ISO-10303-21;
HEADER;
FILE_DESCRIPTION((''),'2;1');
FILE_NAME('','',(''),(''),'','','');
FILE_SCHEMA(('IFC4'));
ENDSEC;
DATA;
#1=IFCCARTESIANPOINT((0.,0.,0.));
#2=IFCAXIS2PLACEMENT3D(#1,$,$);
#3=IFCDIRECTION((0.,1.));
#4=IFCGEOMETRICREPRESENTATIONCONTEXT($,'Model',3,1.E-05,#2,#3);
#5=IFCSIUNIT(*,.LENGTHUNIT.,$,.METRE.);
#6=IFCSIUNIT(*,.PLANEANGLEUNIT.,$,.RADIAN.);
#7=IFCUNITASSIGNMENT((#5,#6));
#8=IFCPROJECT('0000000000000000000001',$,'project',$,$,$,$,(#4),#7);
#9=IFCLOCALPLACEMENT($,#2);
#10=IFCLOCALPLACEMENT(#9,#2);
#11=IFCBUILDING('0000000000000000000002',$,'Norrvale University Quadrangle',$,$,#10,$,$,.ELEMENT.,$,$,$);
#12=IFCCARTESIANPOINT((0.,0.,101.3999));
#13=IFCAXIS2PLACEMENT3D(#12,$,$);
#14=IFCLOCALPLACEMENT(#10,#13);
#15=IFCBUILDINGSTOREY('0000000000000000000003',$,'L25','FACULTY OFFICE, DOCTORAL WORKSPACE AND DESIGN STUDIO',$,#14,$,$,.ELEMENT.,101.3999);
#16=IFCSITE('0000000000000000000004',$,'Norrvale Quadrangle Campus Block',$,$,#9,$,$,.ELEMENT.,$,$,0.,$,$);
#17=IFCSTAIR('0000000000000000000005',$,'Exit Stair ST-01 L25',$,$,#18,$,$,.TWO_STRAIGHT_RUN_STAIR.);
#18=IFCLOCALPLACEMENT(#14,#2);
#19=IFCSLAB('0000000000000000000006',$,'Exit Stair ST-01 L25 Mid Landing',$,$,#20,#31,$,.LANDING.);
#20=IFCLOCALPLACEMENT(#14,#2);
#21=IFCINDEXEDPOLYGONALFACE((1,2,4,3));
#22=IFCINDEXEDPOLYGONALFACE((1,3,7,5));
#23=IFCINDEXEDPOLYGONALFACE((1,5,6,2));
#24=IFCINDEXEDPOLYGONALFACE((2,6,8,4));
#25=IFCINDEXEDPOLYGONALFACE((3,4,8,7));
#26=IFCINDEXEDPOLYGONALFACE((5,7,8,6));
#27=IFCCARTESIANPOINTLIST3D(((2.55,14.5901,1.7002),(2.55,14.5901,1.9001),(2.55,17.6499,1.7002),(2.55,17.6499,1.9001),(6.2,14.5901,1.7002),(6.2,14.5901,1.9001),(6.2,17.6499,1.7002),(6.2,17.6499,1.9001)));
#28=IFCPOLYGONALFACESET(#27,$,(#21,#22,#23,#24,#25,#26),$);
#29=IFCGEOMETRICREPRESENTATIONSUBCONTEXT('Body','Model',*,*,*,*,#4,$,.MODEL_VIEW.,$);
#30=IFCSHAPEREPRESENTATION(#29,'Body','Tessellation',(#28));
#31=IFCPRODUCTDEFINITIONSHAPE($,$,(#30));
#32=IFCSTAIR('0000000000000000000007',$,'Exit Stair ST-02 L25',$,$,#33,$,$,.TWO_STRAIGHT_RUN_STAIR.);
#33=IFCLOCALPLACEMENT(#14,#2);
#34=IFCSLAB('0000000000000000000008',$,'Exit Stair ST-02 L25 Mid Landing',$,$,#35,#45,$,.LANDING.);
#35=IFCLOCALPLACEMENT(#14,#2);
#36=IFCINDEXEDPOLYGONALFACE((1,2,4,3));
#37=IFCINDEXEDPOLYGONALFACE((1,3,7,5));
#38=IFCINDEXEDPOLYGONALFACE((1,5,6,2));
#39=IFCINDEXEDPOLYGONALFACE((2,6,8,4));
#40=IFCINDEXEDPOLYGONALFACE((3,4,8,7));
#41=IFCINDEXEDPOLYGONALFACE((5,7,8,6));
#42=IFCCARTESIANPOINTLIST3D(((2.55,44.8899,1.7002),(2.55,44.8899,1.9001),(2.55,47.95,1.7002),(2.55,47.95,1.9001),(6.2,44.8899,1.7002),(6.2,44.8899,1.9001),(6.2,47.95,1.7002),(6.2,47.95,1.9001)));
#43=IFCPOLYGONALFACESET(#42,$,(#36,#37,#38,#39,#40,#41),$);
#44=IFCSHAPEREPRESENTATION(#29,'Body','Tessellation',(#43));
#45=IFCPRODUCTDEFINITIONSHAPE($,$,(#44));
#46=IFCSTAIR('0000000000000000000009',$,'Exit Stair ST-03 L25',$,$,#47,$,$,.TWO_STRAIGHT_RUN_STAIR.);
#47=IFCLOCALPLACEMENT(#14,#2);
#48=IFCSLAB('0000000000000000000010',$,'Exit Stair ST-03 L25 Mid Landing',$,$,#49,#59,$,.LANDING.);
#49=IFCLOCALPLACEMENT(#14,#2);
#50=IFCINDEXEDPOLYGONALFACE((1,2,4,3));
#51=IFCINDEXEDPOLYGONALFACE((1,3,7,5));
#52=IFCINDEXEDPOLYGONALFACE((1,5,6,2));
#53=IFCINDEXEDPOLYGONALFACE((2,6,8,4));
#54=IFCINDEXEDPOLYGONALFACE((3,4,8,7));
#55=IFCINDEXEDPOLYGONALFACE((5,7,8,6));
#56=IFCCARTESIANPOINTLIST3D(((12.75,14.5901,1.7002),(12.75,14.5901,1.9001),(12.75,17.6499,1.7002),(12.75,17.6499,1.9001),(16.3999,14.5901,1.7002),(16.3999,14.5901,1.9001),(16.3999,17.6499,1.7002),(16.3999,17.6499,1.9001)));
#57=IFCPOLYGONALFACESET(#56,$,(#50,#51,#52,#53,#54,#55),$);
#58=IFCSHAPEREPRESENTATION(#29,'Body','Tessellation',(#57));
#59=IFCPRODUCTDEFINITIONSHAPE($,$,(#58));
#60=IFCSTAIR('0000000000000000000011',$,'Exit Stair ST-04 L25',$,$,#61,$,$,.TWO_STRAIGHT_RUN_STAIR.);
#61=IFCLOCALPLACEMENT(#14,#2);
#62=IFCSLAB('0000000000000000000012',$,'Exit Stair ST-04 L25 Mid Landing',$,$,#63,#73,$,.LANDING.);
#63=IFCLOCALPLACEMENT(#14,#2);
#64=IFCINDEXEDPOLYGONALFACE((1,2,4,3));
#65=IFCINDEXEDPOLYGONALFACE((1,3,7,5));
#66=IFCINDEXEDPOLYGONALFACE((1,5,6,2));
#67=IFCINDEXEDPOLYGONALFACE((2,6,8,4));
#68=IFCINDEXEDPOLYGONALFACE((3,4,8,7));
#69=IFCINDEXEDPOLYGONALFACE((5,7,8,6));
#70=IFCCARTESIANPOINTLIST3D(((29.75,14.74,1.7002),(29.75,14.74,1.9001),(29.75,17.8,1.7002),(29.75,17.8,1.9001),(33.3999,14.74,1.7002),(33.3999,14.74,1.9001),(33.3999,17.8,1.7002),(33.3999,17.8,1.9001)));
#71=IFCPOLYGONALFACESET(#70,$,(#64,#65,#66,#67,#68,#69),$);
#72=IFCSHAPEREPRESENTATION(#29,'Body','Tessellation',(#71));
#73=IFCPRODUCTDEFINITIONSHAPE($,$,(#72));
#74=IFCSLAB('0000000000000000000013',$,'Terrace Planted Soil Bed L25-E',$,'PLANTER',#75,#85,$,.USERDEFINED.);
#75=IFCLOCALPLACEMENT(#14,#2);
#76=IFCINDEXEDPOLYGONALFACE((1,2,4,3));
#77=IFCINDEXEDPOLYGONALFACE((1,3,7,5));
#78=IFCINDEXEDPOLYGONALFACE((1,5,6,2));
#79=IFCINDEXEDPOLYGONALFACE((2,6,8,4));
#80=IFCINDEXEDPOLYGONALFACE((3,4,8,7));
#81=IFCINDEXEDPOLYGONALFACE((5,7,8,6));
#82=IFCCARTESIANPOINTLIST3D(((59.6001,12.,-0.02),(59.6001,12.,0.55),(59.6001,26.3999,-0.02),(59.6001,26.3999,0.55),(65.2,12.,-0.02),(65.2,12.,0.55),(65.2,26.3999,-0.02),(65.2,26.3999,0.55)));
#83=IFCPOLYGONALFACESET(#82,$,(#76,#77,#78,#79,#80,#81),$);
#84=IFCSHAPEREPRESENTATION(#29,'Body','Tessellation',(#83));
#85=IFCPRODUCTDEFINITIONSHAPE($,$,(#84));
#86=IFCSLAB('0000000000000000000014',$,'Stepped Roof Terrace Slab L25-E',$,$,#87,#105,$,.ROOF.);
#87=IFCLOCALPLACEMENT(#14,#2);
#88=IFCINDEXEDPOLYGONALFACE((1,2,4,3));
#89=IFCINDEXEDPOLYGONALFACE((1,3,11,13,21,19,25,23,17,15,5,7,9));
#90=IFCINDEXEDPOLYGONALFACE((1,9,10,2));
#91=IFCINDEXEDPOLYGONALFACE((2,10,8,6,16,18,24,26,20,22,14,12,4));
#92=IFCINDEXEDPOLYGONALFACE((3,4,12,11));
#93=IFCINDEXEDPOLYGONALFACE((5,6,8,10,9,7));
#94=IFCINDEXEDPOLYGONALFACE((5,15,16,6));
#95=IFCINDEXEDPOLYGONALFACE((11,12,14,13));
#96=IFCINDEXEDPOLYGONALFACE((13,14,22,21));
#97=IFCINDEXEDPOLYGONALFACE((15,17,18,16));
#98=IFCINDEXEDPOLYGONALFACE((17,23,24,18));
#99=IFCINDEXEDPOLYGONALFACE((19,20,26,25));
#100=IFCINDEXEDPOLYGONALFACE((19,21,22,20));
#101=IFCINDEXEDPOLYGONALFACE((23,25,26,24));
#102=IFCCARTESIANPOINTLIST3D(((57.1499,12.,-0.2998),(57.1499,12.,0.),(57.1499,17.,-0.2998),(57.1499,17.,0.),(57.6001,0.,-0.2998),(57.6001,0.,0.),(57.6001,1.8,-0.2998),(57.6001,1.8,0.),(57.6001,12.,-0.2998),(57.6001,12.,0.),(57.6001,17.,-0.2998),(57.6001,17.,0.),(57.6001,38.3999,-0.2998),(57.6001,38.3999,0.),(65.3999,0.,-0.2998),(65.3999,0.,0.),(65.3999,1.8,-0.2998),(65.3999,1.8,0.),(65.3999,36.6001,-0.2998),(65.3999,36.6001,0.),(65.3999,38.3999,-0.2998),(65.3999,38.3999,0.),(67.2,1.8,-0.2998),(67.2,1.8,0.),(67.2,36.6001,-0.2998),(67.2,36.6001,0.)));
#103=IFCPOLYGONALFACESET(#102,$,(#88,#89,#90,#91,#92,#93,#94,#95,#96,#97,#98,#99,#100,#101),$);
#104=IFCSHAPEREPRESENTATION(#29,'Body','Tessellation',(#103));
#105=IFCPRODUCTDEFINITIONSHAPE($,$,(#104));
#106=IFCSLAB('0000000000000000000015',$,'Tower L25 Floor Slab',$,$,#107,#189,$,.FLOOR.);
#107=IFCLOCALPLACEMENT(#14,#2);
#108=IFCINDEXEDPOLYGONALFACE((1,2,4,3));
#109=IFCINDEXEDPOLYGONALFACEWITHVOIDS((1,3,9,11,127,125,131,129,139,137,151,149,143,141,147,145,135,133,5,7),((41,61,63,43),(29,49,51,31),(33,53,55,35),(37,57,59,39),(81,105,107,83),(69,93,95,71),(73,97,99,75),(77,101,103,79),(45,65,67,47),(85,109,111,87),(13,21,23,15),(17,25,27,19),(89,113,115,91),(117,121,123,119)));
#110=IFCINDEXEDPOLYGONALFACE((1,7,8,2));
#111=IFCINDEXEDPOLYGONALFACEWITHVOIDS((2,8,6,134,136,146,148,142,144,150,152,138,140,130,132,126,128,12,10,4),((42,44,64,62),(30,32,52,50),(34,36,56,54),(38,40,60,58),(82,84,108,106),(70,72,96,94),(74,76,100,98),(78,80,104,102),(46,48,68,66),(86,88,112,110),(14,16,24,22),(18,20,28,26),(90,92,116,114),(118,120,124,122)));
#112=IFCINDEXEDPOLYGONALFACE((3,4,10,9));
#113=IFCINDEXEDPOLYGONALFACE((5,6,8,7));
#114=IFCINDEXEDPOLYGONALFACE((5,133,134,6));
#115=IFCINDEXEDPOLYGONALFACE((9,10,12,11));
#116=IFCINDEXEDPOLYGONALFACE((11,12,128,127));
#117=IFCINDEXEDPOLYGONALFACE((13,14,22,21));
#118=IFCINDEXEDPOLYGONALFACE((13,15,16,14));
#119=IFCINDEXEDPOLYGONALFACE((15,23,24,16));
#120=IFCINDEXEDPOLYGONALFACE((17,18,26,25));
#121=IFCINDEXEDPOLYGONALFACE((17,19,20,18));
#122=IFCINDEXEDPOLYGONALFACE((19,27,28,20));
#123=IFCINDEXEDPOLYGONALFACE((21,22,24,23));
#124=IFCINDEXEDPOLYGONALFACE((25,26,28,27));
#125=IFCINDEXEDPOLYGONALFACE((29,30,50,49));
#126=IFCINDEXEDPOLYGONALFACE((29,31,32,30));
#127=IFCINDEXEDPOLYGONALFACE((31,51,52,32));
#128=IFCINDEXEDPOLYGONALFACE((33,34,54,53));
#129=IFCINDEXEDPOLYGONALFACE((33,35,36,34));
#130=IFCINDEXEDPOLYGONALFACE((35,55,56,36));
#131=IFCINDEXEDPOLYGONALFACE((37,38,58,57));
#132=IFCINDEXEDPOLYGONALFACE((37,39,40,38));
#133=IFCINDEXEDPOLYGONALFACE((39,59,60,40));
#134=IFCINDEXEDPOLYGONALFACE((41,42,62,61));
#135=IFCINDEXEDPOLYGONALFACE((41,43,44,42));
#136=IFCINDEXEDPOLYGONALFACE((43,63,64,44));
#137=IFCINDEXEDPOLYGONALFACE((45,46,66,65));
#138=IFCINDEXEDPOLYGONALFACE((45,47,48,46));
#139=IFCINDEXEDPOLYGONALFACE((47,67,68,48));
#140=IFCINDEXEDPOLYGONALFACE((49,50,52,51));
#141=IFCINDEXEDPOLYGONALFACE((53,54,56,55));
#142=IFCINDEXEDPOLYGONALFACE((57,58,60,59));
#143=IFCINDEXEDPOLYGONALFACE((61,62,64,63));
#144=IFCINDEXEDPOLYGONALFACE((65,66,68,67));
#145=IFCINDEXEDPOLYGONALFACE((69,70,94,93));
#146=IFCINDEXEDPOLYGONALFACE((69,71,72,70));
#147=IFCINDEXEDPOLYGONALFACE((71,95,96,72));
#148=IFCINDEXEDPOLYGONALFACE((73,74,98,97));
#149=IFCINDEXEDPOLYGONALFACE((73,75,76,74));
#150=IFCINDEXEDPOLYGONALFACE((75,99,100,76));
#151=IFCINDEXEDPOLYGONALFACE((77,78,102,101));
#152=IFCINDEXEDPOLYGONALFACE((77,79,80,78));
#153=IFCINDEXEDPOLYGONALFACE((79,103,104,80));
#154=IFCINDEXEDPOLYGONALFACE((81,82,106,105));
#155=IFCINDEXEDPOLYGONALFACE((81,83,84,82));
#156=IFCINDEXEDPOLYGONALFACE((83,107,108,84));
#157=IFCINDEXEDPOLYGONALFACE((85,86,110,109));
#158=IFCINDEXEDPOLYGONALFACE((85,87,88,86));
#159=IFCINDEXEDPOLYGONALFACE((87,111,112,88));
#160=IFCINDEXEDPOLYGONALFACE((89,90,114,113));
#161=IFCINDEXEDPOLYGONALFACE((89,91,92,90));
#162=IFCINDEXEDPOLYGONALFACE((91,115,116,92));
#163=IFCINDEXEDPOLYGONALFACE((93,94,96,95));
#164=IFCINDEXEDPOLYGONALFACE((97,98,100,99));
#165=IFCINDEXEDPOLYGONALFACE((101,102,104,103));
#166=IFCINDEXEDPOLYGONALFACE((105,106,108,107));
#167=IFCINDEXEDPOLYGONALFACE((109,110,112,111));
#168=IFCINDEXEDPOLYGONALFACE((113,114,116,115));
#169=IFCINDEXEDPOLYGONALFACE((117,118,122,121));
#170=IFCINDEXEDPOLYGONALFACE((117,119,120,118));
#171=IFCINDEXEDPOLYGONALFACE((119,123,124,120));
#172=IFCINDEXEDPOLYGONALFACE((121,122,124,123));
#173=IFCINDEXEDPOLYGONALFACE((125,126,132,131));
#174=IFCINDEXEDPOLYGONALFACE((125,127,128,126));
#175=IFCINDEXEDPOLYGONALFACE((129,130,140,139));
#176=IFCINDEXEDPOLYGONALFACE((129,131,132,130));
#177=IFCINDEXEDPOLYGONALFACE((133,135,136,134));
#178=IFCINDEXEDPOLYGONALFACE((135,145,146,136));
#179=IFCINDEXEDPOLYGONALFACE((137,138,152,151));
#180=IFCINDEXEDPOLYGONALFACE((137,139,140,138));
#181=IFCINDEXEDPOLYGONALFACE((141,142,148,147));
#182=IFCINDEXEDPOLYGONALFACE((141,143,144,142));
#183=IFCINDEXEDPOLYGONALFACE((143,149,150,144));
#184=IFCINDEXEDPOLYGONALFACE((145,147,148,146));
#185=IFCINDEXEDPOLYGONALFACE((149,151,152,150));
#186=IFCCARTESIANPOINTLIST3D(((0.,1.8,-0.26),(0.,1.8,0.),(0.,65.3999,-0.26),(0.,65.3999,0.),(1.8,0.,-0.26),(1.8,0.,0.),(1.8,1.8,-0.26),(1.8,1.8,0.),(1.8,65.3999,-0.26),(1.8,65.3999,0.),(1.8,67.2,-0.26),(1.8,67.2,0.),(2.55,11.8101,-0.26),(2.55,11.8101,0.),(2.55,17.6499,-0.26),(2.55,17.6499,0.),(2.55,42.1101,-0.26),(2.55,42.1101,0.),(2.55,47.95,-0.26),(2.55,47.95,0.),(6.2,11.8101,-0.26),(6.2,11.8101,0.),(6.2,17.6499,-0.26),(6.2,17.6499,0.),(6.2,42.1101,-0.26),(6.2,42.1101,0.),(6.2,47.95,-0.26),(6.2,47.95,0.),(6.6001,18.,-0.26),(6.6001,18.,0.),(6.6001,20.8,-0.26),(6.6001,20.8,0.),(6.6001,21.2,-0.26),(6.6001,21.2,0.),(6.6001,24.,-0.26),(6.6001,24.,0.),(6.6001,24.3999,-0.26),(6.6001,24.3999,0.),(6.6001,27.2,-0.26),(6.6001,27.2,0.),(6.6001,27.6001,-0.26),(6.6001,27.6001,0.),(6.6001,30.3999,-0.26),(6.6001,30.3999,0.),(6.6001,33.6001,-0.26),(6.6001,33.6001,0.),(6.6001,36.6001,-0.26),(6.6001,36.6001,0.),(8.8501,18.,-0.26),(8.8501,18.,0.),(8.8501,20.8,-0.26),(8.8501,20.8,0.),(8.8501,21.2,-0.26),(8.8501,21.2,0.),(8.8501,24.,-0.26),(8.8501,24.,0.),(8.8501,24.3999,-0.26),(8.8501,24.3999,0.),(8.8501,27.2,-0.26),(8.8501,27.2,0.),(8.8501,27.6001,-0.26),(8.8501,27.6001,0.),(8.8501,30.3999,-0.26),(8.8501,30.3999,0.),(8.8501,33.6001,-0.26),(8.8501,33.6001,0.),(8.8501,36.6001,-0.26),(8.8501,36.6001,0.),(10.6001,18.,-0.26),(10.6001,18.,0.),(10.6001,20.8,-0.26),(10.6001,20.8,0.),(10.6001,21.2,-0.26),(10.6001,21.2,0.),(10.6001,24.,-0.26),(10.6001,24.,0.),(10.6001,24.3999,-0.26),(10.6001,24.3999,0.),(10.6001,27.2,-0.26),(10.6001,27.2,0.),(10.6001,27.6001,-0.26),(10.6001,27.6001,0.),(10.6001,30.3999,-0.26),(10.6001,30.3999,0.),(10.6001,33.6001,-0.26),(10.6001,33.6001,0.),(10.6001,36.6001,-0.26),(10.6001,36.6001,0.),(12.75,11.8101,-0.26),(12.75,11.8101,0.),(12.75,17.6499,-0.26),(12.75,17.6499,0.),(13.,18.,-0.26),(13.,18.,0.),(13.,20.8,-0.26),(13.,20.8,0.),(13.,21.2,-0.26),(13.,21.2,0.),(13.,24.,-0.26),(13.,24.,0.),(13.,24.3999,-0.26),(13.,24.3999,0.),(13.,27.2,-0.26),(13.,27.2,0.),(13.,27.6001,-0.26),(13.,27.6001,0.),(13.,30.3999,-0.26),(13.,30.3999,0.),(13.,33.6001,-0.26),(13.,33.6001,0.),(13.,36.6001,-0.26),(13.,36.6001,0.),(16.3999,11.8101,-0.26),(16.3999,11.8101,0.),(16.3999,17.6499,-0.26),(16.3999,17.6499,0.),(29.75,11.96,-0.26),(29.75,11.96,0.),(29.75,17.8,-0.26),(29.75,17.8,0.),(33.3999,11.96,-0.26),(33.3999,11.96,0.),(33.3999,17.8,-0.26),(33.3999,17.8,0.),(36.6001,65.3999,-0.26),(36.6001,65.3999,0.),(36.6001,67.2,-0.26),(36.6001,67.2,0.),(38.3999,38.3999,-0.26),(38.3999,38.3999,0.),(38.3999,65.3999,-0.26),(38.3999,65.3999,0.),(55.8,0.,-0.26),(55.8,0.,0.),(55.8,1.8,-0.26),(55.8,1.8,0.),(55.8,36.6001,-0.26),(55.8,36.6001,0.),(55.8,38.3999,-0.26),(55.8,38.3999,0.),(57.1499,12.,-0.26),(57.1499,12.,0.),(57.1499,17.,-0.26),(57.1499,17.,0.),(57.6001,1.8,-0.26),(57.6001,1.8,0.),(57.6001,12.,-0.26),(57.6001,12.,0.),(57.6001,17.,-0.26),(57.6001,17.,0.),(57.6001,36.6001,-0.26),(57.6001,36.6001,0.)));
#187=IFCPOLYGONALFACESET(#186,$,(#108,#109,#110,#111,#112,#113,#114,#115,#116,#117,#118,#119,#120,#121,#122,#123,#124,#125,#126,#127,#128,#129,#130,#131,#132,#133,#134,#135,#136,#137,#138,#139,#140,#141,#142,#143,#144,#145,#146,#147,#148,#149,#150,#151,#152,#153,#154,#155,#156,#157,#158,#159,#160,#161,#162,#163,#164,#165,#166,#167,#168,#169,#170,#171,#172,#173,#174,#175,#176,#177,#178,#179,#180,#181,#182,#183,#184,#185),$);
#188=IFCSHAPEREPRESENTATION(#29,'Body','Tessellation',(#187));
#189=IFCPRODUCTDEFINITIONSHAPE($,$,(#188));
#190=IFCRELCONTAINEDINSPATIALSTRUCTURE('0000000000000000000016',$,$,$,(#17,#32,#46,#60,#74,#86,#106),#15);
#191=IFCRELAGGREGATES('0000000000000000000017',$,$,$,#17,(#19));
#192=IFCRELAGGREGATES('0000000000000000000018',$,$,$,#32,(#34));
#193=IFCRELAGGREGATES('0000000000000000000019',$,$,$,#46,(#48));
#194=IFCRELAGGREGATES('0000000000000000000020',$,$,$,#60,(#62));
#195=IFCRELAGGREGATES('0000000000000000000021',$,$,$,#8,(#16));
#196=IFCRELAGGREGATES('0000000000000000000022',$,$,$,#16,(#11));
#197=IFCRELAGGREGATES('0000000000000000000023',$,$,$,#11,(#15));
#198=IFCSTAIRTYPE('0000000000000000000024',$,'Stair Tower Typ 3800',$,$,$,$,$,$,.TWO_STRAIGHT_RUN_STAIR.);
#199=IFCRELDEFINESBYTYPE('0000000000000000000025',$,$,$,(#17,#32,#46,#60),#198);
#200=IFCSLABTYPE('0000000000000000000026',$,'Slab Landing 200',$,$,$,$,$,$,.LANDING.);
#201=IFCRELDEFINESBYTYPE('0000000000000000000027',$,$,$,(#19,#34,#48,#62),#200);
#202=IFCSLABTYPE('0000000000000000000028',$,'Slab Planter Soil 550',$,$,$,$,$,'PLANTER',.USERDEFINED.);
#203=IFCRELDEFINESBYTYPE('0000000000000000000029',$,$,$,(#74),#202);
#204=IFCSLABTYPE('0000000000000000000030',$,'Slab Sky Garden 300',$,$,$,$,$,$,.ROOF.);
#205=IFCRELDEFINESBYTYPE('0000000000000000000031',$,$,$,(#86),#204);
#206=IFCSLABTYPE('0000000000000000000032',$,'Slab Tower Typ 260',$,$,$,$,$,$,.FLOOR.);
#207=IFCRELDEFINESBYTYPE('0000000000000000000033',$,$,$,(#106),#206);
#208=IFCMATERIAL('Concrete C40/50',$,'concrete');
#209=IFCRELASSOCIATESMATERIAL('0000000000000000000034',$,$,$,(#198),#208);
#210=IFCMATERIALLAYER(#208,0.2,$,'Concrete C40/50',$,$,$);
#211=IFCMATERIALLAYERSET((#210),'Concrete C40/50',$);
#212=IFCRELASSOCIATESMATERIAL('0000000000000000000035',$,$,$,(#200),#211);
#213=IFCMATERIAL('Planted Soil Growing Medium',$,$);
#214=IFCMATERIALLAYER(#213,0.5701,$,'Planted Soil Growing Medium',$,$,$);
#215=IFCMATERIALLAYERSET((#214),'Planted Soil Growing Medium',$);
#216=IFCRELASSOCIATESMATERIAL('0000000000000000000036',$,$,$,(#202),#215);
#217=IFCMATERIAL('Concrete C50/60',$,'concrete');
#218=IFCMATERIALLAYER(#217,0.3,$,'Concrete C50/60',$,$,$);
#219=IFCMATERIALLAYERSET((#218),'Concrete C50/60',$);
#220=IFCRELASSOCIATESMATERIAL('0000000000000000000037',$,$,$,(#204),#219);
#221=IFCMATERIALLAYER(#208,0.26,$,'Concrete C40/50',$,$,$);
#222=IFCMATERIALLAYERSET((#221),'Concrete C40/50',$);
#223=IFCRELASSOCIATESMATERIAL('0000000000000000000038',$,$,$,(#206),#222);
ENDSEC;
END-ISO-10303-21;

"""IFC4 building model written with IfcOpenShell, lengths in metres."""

from ifc_helpers import new_model, si_unit, direction, frame, origin, place, context, subcontext, project, spatial, polyline, outline, extrude, material, layer, layer_set, type_object, element, aggregate, save


model = new_model("IFC4")

# Units and contexts
model_context = context("Model", 3, precision=1e-05, world=origin(), true_north=direction((0.0, 1.0)))
body_context = subcontext(model_context, "Body", "Model", "MODEL_VIEW")
ifc_project = project(units=[si_unit("LENGTHUNIT", "METRE"), si_unit("PLANEANGLEUNIT", "RADIAN")], contexts=[model_context])

# Site, building, storey
site_placement = place(None, origin())
site = spatial("IfcSite", under=ifc_project, at=site_placement, Name="Norrvale Quadrangle Campus Block", CompositionType="ELEMENT", RefElevation=0.0)
building_placement = place(site_placement, origin())
building = spatial("IfcBuilding", under=site, at=building_placement, Name="Norrvale University Quadrangle", CompositionType="ELEMENT")
storey_placement = place(building_placement, frame((0.0, 0.0, 101.3999)))
storey = spatial("IfcBuildingStorey", under=building, at=storey_placement, Name="L25", Description="FACULTY OFFICE, DOCTORAL WORKSPACE AND DESIGN STUDIO", CompositionType="ELEMENT", Elevation=101.3999)

# Stairs, slabs
ifc_material_1 = material(Name="Concrete C40/50", Category="concrete")
stair_type = type_object("IfcStairType", Name="Stair Tower Typ 3800", PredefinedType="TWO_STRAIGHT_RUN_STAIR", material=ifc_material_1)
stair_1_placement = place(storey_placement, origin())
stair_1 = element("IfcStair", 1, at=stair_1_placement, inside=storey, type_object=stair_type, Name="Exit Stair ST-01 L25", PredefinedType="TWO_STRAIGHT_RUN_STAIR")
ifc_layer_1 = layer(ifc_material_1, 0.2, Name="Concrete C40/50")
ifc_layer_set_1 = layer_set([ifc_layer_1], Name="Concrete C40/50")
slab_type_1 = type_object("IfcSlabType", Name="Slab Landing 200", PredefinedType="LANDING", material=ifc_layer_set_1)
slab_1_placement = place(storey_placement, frame((0.0, 0.0, 1.7002)))
slab_1 = element("IfcSlab", 2, at=slab_1_placement, type_object=slab_type_1, Name="Exit Stair ST-01 L25 Mid Landing", PredefinedType="LANDING", context=body_context, shape_type="SweptSolid", body=[
    extrude(outline(polyline([(2.55, 14.5901), (6.2, 14.5901), (6.2, 17.6499), (2.55, 17.6499), (2.55, 14.5901)])), origin(), (0.0, 0.0, 1.0), 0.2),
])
aggregate(stair_1, [slab_1])
stair_2_placement = place(storey_placement, origin())
stair_2 = element("IfcStair", 3, at=stair_2_placement, inside=storey, type_object=stair_type, Name="Exit Stair ST-02 L25", PredefinedType="TWO_STRAIGHT_RUN_STAIR")
slab_2_placement = place(storey_placement, frame((0.0, 0.0, 1.7002)))
slab_2 = element("IfcSlab", 4, at=slab_2_placement, type_object=slab_type_1, Name="Exit Stair ST-02 L25 Mid Landing", PredefinedType="LANDING", context=body_context, shape_type="SweptSolid", body=[
    extrude(outline(polyline([(2.55, 44.8899), (6.2, 44.8899), (6.2, 47.95), (2.55, 47.95), (2.55, 44.8899)])), origin(), (0.0, 0.0, 1.0), 0.2),
])
aggregate(stair_2, [slab_2])
stair_3_placement = place(storey_placement, origin())
stair_3 = element("IfcStair", 5, at=stair_3_placement, inside=storey, type_object=stair_type, Name="Exit Stair ST-03 L25", PredefinedType="TWO_STRAIGHT_RUN_STAIR")
slab_3_placement = place(storey_placement, frame((0.0, 0.0, 1.7002)))
slab_3 = element("IfcSlab", 6, at=slab_3_placement, type_object=slab_type_1, Name="Exit Stair ST-03 L25 Mid Landing", PredefinedType="LANDING", context=body_context, shape_type="SweptSolid", body=[
    extrude(outline(polyline([(12.75, 14.5901), (16.3999, 14.5901), (16.3999, 17.6499), (12.75, 17.6499), (12.75, 14.5901)])), origin(), (0.0, 0.0, 1.0), 0.2),
])
aggregate(stair_3, [slab_3])
stair_4_placement = place(storey_placement, origin())
stair_4 = element("IfcStair", 7, at=stair_4_placement, inside=storey, type_object=stair_type, Name="Exit Stair ST-04 L25", PredefinedType="TWO_STRAIGHT_RUN_STAIR")
slab_4_placement = place(storey_placement, frame((0.0, 0.0, 1.7002)))
slab_4 = element("IfcSlab", 8, at=slab_4_placement, type_object=slab_type_1, Name="Exit Stair ST-04 L25 Mid Landing", PredefinedType="LANDING", context=body_context, shape_type="SweptSolid", body=[
    extrude(outline(polyline([(29.75, 14.74), (33.3999, 14.74), (33.3999, 17.8), (29.75, 17.8), (29.75, 14.74)])), origin(), (0.0, 0.0, 1.0), 0.2),
])
aggregate(stair_4, [slab_4])

# Slabs
ifc_material_2 = material(Name="Planted Soil Growing Medium")
ifc_layer_2 = layer(ifc_material_2, 0.5701, Name="Planted Soil Growing Medium")
ifc_layer_set_2 = layer_set([ifc_layer_2], Name="Planted Soil Growing Medium")
slab_type_2 = type_object("IfcSlabType", Name="Slab Planter Soil 550", ElementType="PLANTER", PredefinedType="USERDEFINED", material=ifc_layer_set_2)
slab_5_placement = place(storey_placement, frame((0.0, 0.0, -0.02)))
element("IfcSlab", 9, at=slab_5_placement, inside=storey, type_object=slab_type_2, Name="Terrace Planted Soil Bed L25-E", ObjectType="PLANTER", PredefinedType="USERDEFINED", context=body_context, shape_type="SweptSolid", body=[
    extrude(outline(polyline([(59.6001, 12.0), (65.2, 12.0), (65.2, 26.3999), (59.6001, 26.3999), (59.6001, 12.0)])), origin(), (0.0, 0.0, 1.0), 0.5701),
])
ifc_material_3 = material(Name="Concrete C50/60", Category="concrete")
ifc_layer_3 = layer(ifc_material_3, 0.3, Name="Concrete C50/60")
ifc_layer_set_3 = layer_set([ifc_layer_3], Name="Concrete C50/60")
slab_type_3 = type_object("IfcSlabType", Name="Slab Sky Garden 300", PredefinedType="ROOF", material=ifc_layer_set_3)
slab_6_placement = place(storey_placement, frame((0.0, 0.0, -0.2998)))
element("IfcSlab", 10, at=slab_6_placement, inside=storey, type_object=slab_type_3, Name="Stepped Roof Terrace Slab L25-E", PredefinedType="ROOF", context=body_context, shape_type="SweptSolid", body=[
    extrude(outline(polyline([(57.6001, 1.8), (57.6001, 0.0), (65.3999, 0.0), (65.3999, 1.8), (67.2, 1.8), (67.2, 36.6001), (65.3999, 36.6001), (65.3999, 38.3999), (57.6001, 38.3999), (57.6001, 17.0), (57.1499, 17.0), (57.1499, 12.0), (57.6001, 12.0), (57.6001, 1.8)])), origin(), (0.0, 0.0, 1.0), 0.2998),
])
ifc_layer_4 = layer(ifc_material_1, 0.26, Name="Concrete C40/50")
ifc_layer_set_4 = layer_set([ifc_layer_4], Name="Concrete C40/50")
slab_type_4 = type_object("IfcSlabType", Name="Slab Tower Typ 260", PredefinedType="FLOOR", material=ifc_layer_set_4)
slab_7_placement = place(storey_placement, frame((0.0, 0.0, -0.26)))
element("IfcSlab", 11, at=slab_7_placement, inside=storey, type_object=slab_type_4, Name="Tower L25 Floor Slab", PredefinedType="FLOOR", context=body_context, shape_type="SweptSolid", body=[
    extrude(outline(polyline([(57.6001, 1.8), (55.8, 1.8), (55.8, 0.0), (1.8, 0.0), (1.8, 1.8), (0.0, 1.8), (0.0, 65.3999), (1.8, 65.3999), (1.8, 67.2), (36.6001, 67.2), (36.6001, 65.3999), (38.3999, 65.3999), (38.3999, 38.3999), (55.8, 38.3999), (55.8, 36.6001), (57.6001, 36.6001), (57.6001, 17.0), (57.1499, 17.0), (57.1499, 12.0), (57.6001, 12.0), (57.6001, 1.8)]), holes=[polyline([(2.55, 11.8101), (6.2, 11.8101), (6.2, 17.6499), (2.55, 17.6499), (2.55, 11.8101)]), polyline([(2.55, 42.1101), (6.2, 42.1101), (6.2, 47.95), (2.55, 47.95), (2.55, 42.1101)]), polyline([(12.75, 11.8101), (16.3999, 11.8101), (16.3999, 17.6499), (12.75, 17.6499), (12.75, 11.8101)]), polyline([(29.75, 11.96), (33.3999, 11.96), (33.3999, 17.8), (29.75, 17.8), (29.75, 11.96)]), polyline([(6.6001, 18.0), (8.8501, 18.0), (8.8501, 20.8), (6.6001, 20.8), (6.6001, 18.0)]), polyline([(6.6001, 21.2), (8.8501, 21.2), (8.8501, 24.0), (6.6001, 24.0), (6.6001, 21.2)]), polyline([(6.6001, 24.3999), (8.8501, 24.3999), (8.8501, 27.2), (6.6001, 27.2), (6.6001, 24.3999)]), polyline([(6.6001, 27.6001), (8.8501, 27.6001), (8.8501, 30.3999), (6.6001, 30.3999), (6.6001, 27.6001)]), polyline([(10.6001, 18.0), (13.0, 18.0), (13.0, 20.8), (10.6001, 20.8), (10.6001, 18.0)]), polyline([(10.6001, 21.2), (13.0, 21.2), (13.0, 24.0), (10.6001, 24.0), (10.6001, 21.2)]), polyline([(10.6001, 24.3999), (13.0, 24.3999), (13.0, 27.2), (10.6001, 27.2), (10.6001, 24.3999)]), polyline([(10.6001, 27.6001), (13.0, 27.6001), (13.0, 30.3999), (10.6001, 30.3999), (10.6001, 27.6001)]), polyline([(6.6001, 33.6001), (8.8501, 33.6001), (8.8501, 36.6001), (6.6001, 36.6001), (6.6001, 33.6001)]), polyline([(10.6001, 33.6001), (13.0, 33.6001), (13.0, 36.6001), (10.6001, 36.6001), (10.6001, 33.6001)])]), origin(), (0.0, 0.0, 1.0), 0.26),
])

save(model, "model.ifc")
